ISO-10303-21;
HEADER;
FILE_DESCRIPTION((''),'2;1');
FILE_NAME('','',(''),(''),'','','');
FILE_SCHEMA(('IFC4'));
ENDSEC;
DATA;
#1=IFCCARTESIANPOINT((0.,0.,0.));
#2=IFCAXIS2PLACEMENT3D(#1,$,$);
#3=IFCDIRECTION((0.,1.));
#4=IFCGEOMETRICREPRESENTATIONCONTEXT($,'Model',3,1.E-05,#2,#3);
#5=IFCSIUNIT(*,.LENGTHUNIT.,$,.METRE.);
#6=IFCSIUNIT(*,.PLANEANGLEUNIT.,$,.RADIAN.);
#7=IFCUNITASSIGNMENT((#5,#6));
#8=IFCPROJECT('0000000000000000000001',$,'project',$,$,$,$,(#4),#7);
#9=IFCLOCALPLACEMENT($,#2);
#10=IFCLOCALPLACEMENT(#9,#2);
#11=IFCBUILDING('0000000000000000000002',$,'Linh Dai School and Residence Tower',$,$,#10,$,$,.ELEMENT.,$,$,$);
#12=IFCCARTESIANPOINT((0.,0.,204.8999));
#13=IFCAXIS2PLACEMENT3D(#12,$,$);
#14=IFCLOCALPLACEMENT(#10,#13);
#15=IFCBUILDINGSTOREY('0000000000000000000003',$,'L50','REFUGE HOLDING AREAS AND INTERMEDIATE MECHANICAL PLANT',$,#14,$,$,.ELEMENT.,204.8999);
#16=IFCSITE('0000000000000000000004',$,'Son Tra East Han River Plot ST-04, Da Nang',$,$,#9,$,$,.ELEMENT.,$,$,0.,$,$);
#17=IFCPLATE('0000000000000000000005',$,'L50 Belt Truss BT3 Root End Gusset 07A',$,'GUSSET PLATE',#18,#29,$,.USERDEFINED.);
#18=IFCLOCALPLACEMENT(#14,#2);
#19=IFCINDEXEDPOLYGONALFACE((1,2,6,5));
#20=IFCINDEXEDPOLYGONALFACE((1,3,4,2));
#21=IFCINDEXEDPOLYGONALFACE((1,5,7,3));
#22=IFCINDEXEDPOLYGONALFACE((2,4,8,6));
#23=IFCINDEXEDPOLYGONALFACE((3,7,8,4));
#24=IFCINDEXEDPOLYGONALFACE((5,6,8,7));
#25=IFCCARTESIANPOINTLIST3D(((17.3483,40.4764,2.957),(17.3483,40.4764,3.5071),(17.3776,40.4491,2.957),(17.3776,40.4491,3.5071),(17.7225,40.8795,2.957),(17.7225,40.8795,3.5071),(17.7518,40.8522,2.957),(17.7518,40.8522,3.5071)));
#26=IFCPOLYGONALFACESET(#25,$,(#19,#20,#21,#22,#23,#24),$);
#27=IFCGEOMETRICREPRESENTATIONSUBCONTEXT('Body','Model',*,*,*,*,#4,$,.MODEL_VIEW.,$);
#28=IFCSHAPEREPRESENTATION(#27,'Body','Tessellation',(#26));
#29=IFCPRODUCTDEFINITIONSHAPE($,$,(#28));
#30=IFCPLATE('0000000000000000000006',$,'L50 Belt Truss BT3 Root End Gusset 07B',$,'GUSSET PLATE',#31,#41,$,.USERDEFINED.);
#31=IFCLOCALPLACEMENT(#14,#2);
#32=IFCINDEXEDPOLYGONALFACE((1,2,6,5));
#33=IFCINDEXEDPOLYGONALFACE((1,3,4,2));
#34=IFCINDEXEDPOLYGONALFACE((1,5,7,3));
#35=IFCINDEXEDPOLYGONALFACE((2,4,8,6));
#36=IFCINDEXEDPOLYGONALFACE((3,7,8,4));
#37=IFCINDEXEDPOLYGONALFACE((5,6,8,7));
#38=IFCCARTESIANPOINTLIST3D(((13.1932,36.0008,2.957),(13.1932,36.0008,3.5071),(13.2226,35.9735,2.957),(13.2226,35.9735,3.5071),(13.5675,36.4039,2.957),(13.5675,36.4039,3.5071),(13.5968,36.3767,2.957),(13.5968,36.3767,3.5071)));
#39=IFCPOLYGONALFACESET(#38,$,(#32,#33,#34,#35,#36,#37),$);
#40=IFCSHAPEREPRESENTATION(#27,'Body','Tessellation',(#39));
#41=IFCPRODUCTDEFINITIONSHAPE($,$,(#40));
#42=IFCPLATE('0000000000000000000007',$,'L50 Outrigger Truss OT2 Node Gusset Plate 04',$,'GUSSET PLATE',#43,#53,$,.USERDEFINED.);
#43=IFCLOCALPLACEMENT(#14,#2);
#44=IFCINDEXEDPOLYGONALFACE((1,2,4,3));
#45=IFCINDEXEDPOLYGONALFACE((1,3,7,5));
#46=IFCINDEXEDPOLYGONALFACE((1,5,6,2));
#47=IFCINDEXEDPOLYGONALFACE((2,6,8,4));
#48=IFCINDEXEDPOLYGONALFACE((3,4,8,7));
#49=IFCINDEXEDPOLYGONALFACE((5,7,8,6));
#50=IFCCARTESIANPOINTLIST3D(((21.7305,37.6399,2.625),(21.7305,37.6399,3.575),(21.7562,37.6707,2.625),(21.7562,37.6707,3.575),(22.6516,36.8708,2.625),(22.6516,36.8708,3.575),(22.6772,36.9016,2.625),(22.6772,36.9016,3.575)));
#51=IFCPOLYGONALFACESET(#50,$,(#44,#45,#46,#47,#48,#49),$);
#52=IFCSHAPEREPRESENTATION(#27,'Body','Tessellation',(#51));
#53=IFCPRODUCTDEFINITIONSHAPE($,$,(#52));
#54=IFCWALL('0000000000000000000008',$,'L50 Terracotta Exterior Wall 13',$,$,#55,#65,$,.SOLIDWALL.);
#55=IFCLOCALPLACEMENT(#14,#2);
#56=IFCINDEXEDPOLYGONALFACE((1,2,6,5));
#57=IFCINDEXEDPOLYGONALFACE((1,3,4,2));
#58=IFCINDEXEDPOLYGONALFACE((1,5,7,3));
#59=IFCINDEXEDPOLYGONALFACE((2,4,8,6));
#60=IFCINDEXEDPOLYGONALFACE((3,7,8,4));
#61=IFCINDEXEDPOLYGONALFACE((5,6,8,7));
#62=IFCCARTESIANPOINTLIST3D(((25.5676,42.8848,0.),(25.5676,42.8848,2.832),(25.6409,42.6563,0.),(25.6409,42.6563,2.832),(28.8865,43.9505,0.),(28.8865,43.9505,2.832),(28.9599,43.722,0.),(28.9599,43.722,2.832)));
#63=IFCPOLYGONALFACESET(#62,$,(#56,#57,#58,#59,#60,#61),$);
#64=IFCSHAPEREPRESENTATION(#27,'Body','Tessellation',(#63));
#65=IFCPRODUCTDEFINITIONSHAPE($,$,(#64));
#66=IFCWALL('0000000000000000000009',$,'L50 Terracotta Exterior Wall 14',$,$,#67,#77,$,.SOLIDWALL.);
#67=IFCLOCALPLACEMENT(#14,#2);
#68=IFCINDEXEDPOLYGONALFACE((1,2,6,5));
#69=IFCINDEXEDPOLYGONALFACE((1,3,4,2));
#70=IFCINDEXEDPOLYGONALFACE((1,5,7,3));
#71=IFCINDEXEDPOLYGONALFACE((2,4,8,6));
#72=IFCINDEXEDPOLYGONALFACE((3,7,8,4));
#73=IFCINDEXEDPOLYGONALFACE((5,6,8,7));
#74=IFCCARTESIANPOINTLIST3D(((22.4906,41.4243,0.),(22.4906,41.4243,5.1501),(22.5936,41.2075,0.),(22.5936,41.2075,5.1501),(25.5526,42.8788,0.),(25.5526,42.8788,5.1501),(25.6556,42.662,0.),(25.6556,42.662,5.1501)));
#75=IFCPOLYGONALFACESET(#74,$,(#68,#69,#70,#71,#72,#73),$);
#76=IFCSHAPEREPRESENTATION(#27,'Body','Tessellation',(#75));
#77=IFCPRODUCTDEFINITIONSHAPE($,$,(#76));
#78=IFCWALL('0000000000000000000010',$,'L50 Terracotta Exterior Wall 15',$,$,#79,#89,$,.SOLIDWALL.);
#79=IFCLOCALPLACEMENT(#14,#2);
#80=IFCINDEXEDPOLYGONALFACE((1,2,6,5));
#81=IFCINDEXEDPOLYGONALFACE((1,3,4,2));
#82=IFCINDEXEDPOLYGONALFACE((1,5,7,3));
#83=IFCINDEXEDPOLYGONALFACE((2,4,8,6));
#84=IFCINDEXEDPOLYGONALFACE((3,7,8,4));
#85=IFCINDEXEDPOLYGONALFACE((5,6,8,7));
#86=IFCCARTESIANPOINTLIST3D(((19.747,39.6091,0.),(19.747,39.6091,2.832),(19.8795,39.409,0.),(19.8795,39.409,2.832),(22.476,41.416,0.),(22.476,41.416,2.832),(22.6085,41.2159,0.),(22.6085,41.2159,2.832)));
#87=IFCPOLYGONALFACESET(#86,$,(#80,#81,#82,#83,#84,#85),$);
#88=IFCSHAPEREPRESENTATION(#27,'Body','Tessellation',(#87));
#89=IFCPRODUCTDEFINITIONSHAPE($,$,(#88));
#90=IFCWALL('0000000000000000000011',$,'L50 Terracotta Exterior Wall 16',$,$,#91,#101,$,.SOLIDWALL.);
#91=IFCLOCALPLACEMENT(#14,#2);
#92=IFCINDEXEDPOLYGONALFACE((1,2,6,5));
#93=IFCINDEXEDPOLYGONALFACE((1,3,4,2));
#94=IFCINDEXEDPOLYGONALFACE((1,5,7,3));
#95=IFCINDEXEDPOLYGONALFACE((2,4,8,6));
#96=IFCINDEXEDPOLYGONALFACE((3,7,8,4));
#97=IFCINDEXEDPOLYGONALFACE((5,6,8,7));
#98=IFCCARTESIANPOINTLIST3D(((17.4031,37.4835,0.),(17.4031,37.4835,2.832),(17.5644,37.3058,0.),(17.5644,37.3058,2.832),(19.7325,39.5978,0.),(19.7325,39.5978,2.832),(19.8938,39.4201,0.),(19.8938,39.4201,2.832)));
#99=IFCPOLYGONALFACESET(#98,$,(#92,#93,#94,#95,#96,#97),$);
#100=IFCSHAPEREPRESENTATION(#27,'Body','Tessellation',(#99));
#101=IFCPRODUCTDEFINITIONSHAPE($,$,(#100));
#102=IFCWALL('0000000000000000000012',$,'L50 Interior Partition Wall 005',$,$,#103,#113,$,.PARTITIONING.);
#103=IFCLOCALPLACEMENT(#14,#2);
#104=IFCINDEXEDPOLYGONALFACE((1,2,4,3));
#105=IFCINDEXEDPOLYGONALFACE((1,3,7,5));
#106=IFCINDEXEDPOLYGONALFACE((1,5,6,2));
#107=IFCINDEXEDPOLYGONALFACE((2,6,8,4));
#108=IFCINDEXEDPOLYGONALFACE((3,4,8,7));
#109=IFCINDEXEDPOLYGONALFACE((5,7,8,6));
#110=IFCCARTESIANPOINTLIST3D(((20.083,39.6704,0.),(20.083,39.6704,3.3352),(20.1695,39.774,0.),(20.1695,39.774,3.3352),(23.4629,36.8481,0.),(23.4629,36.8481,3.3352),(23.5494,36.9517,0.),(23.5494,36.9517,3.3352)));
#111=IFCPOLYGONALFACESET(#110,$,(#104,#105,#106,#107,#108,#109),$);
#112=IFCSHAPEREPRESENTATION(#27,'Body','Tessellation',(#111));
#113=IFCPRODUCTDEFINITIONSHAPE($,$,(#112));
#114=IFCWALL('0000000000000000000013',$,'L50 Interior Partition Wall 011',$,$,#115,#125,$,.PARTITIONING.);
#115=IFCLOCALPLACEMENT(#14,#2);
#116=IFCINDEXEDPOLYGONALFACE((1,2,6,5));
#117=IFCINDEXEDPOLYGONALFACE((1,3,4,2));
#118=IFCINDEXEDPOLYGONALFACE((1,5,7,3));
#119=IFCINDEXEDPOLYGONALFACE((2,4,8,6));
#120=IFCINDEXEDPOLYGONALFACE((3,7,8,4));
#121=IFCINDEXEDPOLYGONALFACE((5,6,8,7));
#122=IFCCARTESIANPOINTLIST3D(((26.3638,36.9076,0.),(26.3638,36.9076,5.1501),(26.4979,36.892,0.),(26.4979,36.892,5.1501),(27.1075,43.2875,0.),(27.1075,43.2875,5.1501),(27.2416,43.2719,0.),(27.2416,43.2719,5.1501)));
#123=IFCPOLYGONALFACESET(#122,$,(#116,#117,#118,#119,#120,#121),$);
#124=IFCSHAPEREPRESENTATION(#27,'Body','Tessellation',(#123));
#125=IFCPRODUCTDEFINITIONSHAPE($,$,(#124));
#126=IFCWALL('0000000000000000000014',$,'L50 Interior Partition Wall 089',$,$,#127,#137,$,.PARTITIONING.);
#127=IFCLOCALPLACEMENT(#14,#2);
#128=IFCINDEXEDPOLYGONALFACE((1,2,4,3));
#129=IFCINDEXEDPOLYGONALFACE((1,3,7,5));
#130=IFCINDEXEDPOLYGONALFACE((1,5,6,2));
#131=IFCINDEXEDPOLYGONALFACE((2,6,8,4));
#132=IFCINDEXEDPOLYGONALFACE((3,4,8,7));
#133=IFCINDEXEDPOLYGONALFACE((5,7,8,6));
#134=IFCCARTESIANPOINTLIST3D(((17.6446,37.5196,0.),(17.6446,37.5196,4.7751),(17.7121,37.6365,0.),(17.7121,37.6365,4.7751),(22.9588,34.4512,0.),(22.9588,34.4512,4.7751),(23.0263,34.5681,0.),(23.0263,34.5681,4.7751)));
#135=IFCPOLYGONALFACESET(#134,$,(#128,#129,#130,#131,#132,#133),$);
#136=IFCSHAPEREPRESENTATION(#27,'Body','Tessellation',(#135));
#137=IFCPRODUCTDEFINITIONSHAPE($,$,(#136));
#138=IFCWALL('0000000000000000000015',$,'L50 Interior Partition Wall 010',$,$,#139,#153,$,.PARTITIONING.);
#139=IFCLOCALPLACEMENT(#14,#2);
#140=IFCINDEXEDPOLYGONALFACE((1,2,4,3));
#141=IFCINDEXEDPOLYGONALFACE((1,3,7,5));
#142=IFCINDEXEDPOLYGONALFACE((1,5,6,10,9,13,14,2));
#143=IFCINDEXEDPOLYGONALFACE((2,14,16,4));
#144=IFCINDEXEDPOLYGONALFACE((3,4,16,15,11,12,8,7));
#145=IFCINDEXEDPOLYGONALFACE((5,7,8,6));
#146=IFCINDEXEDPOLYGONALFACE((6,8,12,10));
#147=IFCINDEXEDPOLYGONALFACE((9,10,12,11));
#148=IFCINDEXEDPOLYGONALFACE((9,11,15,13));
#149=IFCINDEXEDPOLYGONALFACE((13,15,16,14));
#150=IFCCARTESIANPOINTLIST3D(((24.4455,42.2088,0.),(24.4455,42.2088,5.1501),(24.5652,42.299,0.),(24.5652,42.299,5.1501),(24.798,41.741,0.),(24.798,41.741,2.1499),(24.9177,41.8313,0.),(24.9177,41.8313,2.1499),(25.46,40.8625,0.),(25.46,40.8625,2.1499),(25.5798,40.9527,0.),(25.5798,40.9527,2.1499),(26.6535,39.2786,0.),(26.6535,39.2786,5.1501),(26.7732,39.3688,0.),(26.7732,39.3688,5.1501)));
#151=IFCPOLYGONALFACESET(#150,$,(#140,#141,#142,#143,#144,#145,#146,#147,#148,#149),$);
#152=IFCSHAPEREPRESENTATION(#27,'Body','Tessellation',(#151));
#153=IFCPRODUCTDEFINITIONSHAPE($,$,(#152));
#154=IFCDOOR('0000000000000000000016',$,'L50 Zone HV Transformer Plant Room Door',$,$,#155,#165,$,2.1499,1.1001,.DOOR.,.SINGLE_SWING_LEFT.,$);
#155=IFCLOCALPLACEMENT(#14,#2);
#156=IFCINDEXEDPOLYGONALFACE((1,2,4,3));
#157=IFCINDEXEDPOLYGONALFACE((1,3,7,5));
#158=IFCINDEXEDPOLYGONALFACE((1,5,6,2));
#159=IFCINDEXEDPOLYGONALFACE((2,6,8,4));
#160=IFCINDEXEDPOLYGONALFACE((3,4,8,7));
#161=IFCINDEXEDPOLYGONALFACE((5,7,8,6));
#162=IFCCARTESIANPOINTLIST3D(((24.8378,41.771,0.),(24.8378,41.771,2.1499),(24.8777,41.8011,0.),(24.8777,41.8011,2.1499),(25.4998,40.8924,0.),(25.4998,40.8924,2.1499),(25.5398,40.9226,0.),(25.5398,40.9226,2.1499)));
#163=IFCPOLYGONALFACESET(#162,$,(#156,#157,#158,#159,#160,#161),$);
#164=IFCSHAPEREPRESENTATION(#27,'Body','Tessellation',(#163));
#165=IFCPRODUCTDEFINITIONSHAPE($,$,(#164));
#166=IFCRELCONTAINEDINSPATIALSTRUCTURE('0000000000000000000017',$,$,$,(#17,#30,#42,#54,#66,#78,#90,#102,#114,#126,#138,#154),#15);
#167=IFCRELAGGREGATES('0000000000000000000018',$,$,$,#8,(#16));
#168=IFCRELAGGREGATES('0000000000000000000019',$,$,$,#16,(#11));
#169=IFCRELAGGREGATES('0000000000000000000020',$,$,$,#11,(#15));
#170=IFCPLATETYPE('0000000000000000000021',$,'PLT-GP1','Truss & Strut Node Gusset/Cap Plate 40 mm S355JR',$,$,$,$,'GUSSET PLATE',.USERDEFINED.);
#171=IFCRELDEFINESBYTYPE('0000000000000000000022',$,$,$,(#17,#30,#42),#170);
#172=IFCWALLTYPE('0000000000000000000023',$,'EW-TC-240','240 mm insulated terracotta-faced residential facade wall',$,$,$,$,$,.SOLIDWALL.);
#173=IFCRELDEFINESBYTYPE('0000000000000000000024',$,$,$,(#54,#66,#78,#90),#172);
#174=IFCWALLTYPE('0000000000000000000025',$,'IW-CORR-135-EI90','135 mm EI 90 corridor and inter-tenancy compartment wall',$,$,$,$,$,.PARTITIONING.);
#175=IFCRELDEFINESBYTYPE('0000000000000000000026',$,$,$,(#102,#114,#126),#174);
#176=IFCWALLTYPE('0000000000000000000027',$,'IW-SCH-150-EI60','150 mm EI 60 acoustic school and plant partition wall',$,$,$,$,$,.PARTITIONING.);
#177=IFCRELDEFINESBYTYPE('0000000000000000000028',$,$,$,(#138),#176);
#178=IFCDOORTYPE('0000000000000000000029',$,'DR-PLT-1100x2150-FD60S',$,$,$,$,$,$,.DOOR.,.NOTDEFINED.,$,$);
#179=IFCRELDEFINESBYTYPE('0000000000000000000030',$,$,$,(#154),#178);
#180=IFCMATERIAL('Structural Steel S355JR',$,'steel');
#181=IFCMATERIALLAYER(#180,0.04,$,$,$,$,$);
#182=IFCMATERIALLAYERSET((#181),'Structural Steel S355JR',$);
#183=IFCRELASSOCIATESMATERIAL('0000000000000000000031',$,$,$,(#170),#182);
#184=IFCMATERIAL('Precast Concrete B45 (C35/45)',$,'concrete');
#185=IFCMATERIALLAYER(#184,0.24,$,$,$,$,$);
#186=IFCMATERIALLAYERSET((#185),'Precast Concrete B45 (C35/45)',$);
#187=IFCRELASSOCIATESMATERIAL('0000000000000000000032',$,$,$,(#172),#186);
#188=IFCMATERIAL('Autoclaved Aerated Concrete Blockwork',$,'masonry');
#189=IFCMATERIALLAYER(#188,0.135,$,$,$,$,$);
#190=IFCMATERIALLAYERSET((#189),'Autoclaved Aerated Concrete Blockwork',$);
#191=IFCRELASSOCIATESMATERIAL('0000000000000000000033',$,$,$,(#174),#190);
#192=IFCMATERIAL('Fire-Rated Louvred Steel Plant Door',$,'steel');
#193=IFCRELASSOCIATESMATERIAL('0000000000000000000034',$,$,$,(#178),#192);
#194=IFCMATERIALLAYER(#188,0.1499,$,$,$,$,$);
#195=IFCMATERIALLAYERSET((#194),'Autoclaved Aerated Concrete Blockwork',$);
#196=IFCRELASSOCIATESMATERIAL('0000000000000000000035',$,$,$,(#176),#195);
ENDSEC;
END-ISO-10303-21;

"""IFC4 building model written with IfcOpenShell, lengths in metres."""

from ifc_helpers import new_model, si_unit, direction, frame, frame_2d, origin, origin_2d, place, context, subcontext, project, spatial, rectangle, extrude, source, transform, mapped, material, layer, layer_set, type_object, element, fill, save


model = new_model("IFC4")

# Units and contexts
model_context = context("Model", 3, precision=1e-05, world=origin(), true_north=direction((0.0, 1.0)))
body_context = subcontext(model_context, "Body", "Model", "MODEL_VIEW")
ifc_project = project(units=[si_unit("LENGTHUNIT", "METRE"), si_unit("PLANEANGLEUNIT", "RADIAN")], contexts=[model_context])

# Site, building, storey
site_placement = place(None, origin())
site = spatial("IfcSite", under=ifc_project, at=site_placement, Name="Son Tra East Han River Plot ST-04, Da Nang", CompositionType="ELEMENT", RefElevation=0.0)
building_placement = place(site_placement, origin())
building = spatial("IfcBuilding", under=site, at=building_placement, Name="Linh Dai School and Residence Tower", CompositionType="ELEMENT")
storey_placement = place(building_placement, frame((0.0, 0.0, 204.8999)))
storey = spatial("IfcBuildingStorey", under=building, at=storey_placement, Name="L50", Description="REFUGE HOLDING AREAS AND INTERMEDIATE MECHANICAL PLANT", CompositionType="ELEMENT", Elevation=204.8999)

# Shared definitions
ifc_material_1 = material(Name="Structural Steel S355JR", Category="steel")

# Plates
ifc_layer_1 = layer(ifc_material_1, 0.04)
ifc_layer_set_1 = layer_set([ifc_layer_1], Name="Structural Steel S355JR")
plate_type = type_object("IfcPlateType", Name="PLT-GP1", Description="Truss & Strut Node Gusset/Cap Plate 40 mm S355JR", ElementType="GUSSET PLATE", PredefinedType="USERDEFINED", material=ifc_layer_set_1)
shared_shape_1 = source(origin(), body_context, "Body", "SweptSolid", [
    extrude(rectangle(XDim=0.55, YDim=0.04, at=origin_2d()), origin(), (0.0, 0.0, 1.0), 0.55),
])
for number, where, z_axis, x_axis, name in (
    (1, (17.55, 40.6643, 2.957), (0.0, 0.0, 1.0), (-0.680368, -0.732871, 0.0), "L50 Belt Truss BT3 Root End Gusset 07A"),
    (2, (13.395, 36.1887, 2.957), (0.0, 0.0, 1.0), (-0.680368, -0.732871, 0.0), "L50 Belt Truss BT3 Root End Gusset 07B"),
):
    element("IfcPlate", number, at=place(storey_placement, frame(where, z_axis=z_axis, x_axis=x_axis)), inside=storey, type_object=plate_type, Name=name, ObjectType="GUSSET PLATE", PredefinedType="USERDEFINED", context=body_context, shape_type="MappedRepresentation", body=[
        mapped(shared_shape_1, transform((0.0, 0.0, 0.0), x_axis=(1.0, 0.0, 0.0), y_axis=(0.0, 1.0, 0.0), z_axis=(0.0, 0.0, 1.0), scale=1.0)),
    ])
shared_shape_2 = source(origin(), body_context, "Body", "SweptSolid", [
    extrude(rectangle(XDim=1.2, YDim=0.04, at=origin_2d()), origin(), (0.0, 0.0, 1.0), 0.95),
])
plate_placement = place(storey_placement, frame((22.2039, 37.2708, 2.625), z_axis=(0.0, 0.0, 1.0), x_axis=(-0.767593, 0.640938, 0.0)))
element("IfcPlate", 3, at=plate_placement, inside=storey, type_object=plate_type, Name="L50 Outrigger Truss OT2 Node Gusset Plate 04", ObjectType="GUSSET PLATE", PredefinedType="USERDEFINED", context=body_context, shape_type="MappedRepresentation", body=[
    mapped(shared_shape_2, transform((0.0, 0.0, 0.0), x_axis=(1.0, 0.0, 0.0), y_axis=(0.0, 1.0, 0.0), z_axis=(0.0, 0.0, 1.0), scale=1.0)),
])

# Walls
ifc_material_2 = material(Name="Precast Concrete B45 (C35/45)", Category="concrete")
ifc_layer_2 = layer(ifc_material_2, 0.24)
ifc_layer_set_2 = layer_set([ifc_layer_2], Name="Precast Concrete B45 (C35/45)")
wall_type_1 = type_object("IfcWallType", Name="EW-TC-240", Description="240 mm insulated terracotta-faced residential facade wall", PredefinedType="SOLIDWALL", material=ifc_layer_set_2)
wall_1_placement = place(storey_placement, frame((25.6042, 42.7705, 0.0), z_axis=(0.0, 0.0, 1.0), x_axis=(0.95212, 0.305724, 0.0)))
element("IfcWall", 4, at=wall_1_placement, inside=storey, type_object=wall_type_1, Name="L50 Terracotta Exterior Wall 13", PredefinedType="SOLIDWALL", context=body_context, shape_type="SweptSolid", body=[
    extrude(rectangle(XDim=3.4858, YDim=0.24, at=frame_2d((1.7429, 0.0))), origin(), (0.0, 0.0, 1.0), 2.832),
])
wall_2_placement = place(storey_placement, frame((22.5422, 41.3159, 0.0), z_axis=(0.0, 0.0, 1.0), x_axis=(0.903262, 0.429089, 0.0)))
element("IfcWall", 5, at=wall_2_placement, inside=storey, type_object=wall_type_1, Name="L50 Terracotta Exterior Wall 14", PredefinedType="SOLIDWALL", context=body_context, shape_type="SweptSolid", body=[
    extrude(rectangle(XDim=3.3899, YDim=0.24, at=frame_2d((1.6948, 0.0))), origin(), (0.0, 0.0, 1.0), 5.1501),
])
wall_3_placement = place(storey_placement, frame((19.8132, 39.509, 0.0), z_axis=(0.0, 0.0, 1.0), x_axis=(0.833802, 0.552064, 0.0)))
element("IfcWall", 6, at=wall_3_placement, inside=storey, type_object=wall_type_1, Name="L50 Terracotta Exterior Wall 15", PredefinedType="SOLIDWALL", context=body_context, shape_type="SweptSolid", body=[
    extrude(rectangle(XDim=3.2729, YDim=0.24, at=frame_2d((1.6365, 0.0))), origin(), (0.0, 0.0, 1.0), 2.832),
])
wall_4_placement = place(storey_placement, frame((17.4839, 37.3948, 0.0), z_axis=(0.0, 0.0, 1.0), x_axis=(0.740467, 0.672093, 0.0)))
element("IfcWall", 7, at=wall_4_placement, inside=storey, type_object=wall_type_1, Name="L50 Terracotta Exterior Wall 16", PredefinedType="SOLIDWALL", context=body_context, shape_type="SweptSolid", body=[
    extrude(rectangle(XDim=3.1458, YDim=0.24, at=frame_2d((1.5728, 0.0))), origin(), (0.0, 0.0, 1.0), 2.832),
])
ifc_material_3 = material(Name="Autoclaved Aerated Concrete Blockwork", Category="masonry")
ifc_layer_3 = layer(ifc_material_3, 0.135)
ifc_layer_set_3 = layer_set([ifc_layer_3], Name="Autoclaved Aerated Concrete Blockwork")
wall_type_2 = type_object("IfcWallType", Name="IW-CORR-135-EI90", Description="135 mm EI 90 corridor and inter-tenancy compartment wall", PredefinedType="PARTITIONING", material=ifc_layer_set_3)
wall_5_placement = place(storey_placement, frame((20.1262, 39.7222, 0.0), z_axis=(0.0, 0.0, 1.0), x_axis=(0.767585, -0.640948, 0.0)))
element("IfcWall", 8, at=wall_5_placement, inside=storey, type_object=wall_type_2, Name="L50 Interior Partition Wall 005", PredefinedType="PARTITIONING", context=body_context, shape_type="SweptSolid", body=[
    extrude(rectangle(XDim=4.4033, YDim=0.135, at=frame_2d((2.2017, 0.0))), origin(), (0.0, 0.0, 1.0), 3.3352),
])

# Shared definitions
ifc_material_4 = material(Name="Fire-Rated Louvred Steel Plant Door", Category="steel")
door_type = type_object("IfcDoorType", Name="DR-PLT-1100x2150-FD60S", OperationType="NOTDEFINED", PredefinedType="DOOR", material=ifc_material_4)
shared_shape_3 = source(origin(), body_context, "Body", "SweptSolid", [
    extrude(rectangle(XDim=1.1001, YDim=2.1499, at=origin_2d()), frame((0.55, 0.0249, 1.075), z_axis=(0.0, -1.0, 0.0), x_axis=(1.0, 0.0, 0.0)), (0.0, 0.0, 1.0), 0.05),
])

# Walls
wall_6_placement = place(storey_placement, frame((26.4309, 36.8999, 0.0), z_axis=(0.0, 0.0, 1.0), x_axis=(0.115778, 0.993275, 0.0)))
element("IfcWall", 9, at=wall_6_placement, inside=storey, type_object=wall_type_2, Name="L50 Interior Partition Wall 011", PredefinedType="PARTITIONING", context=body_context, shape_type="SweptSolid", body=[
    extrude(rectangle(XDim=6.4231, YDim=0.135, at=frame_2d((3.2114, 0.0))), origin(), (0.0, 0.0, 1.0), 5.1501),
])
wall_7_placement = place(storey_placement, frame((17.6782, 37.5781, 0.0), z_axis=(0.0, 0.0, 1.0), x_axis=(0.866011, -0.500024, 0.0)))
element("IfcWall", 10, at=wall_7_placement, inside=storey, type_object=wall_type_2, Name="L50 Interior Partition Wall 089", PredefinedType="PARTITIONING", context=body_context, shape_type="SweptSolid", body=[
    extrude(rectangle(XDim=6.1365, YDim=0.135, at=frame_2d((3.0684, 0.0))), origin(), (0.0, 0.0, 1.0), 4.7751),
])

# Wall, opening, door
ifc_layer_4 = layer(ifc_material_3, 0.1499)
ifc_layer_set_4 = layer_set([ifc_layer_4], Name="Autoclaved Aerated Concrete Blockwork")
wall_type_3 = type_object("IfcWallType", Name="IW-SCH-150-EI60", Description="150 mm EI 60 acoustic school and plant partition wall", PredefinedType="PARTITIONING", material=ifc_layer_set_4)
wall_8_placement = place(storey_placement, frame((24.5054, 42.2539, 0.0), z_axis=(0.0, 0.0, 1.0), x_axis=(0.601808, -0.79864, 0.0)))
wall_8 = element("IfcWall", 11, at=wall_8_placement, inside=storey, type_object=wall_type_3, Name="L50 Interior Partition Wall 010", PredefinedType="PARTITIONING", context=body_context, shape_type="SweptSolid", body=[
    extrude(rectangle(XDim=3.6689, YDim=0.1499, at=frame_2d((1.8345, 0.0))), origin(), (0.0, 0.0, 1.0), 5.1501),
])
opening_1_placement = place(wall_8_placement, frame((0.5857, 0.0, 0.0)))
opening_1 = element("IfcOpeningElement", 12, at=opening_1_placement, cuts=wall_8, PredefinedType="OPENING", context=body_context, shape_type="SweptSolid", body=[
    extrude(rectangle(XDim=1.1001, YDim=2.1499, at=origin_2d()), frame((0.55, 0.085, 1.075), z_axis=(0.0, -1.0, 0.0), x_axis=(1.0, 0.0, 0.0)), (0.0, 0.0, 1.0), 0.1699),
])
door_1_placement = place(opening_1_placement, origin())
door_1 = element("IfcDoor", 13, at=door_1_placement, inside=storey, type_object=door_type, Name="L50 Zone HV Transformer Plant Room Door", OperationType="SINGLE_SWING_LEFT", OverallHeight=2.1499, OverallWidth=1.1001, PredefinedType="DOOR", context=body_context, shape_type="MappedRepresentation", body=[
    mapped(shared_shape_3, transform((0.0, 0.0, 0.0), x_axis=(1.0, 0.0, 0.0), y_axis=(0.0, 1.0, 0.0), z_axis=(0.0, 0.0, 1.0), scale=1.0)),
])
fill(opening_1, door_1)

save(model, "model.ifc")
